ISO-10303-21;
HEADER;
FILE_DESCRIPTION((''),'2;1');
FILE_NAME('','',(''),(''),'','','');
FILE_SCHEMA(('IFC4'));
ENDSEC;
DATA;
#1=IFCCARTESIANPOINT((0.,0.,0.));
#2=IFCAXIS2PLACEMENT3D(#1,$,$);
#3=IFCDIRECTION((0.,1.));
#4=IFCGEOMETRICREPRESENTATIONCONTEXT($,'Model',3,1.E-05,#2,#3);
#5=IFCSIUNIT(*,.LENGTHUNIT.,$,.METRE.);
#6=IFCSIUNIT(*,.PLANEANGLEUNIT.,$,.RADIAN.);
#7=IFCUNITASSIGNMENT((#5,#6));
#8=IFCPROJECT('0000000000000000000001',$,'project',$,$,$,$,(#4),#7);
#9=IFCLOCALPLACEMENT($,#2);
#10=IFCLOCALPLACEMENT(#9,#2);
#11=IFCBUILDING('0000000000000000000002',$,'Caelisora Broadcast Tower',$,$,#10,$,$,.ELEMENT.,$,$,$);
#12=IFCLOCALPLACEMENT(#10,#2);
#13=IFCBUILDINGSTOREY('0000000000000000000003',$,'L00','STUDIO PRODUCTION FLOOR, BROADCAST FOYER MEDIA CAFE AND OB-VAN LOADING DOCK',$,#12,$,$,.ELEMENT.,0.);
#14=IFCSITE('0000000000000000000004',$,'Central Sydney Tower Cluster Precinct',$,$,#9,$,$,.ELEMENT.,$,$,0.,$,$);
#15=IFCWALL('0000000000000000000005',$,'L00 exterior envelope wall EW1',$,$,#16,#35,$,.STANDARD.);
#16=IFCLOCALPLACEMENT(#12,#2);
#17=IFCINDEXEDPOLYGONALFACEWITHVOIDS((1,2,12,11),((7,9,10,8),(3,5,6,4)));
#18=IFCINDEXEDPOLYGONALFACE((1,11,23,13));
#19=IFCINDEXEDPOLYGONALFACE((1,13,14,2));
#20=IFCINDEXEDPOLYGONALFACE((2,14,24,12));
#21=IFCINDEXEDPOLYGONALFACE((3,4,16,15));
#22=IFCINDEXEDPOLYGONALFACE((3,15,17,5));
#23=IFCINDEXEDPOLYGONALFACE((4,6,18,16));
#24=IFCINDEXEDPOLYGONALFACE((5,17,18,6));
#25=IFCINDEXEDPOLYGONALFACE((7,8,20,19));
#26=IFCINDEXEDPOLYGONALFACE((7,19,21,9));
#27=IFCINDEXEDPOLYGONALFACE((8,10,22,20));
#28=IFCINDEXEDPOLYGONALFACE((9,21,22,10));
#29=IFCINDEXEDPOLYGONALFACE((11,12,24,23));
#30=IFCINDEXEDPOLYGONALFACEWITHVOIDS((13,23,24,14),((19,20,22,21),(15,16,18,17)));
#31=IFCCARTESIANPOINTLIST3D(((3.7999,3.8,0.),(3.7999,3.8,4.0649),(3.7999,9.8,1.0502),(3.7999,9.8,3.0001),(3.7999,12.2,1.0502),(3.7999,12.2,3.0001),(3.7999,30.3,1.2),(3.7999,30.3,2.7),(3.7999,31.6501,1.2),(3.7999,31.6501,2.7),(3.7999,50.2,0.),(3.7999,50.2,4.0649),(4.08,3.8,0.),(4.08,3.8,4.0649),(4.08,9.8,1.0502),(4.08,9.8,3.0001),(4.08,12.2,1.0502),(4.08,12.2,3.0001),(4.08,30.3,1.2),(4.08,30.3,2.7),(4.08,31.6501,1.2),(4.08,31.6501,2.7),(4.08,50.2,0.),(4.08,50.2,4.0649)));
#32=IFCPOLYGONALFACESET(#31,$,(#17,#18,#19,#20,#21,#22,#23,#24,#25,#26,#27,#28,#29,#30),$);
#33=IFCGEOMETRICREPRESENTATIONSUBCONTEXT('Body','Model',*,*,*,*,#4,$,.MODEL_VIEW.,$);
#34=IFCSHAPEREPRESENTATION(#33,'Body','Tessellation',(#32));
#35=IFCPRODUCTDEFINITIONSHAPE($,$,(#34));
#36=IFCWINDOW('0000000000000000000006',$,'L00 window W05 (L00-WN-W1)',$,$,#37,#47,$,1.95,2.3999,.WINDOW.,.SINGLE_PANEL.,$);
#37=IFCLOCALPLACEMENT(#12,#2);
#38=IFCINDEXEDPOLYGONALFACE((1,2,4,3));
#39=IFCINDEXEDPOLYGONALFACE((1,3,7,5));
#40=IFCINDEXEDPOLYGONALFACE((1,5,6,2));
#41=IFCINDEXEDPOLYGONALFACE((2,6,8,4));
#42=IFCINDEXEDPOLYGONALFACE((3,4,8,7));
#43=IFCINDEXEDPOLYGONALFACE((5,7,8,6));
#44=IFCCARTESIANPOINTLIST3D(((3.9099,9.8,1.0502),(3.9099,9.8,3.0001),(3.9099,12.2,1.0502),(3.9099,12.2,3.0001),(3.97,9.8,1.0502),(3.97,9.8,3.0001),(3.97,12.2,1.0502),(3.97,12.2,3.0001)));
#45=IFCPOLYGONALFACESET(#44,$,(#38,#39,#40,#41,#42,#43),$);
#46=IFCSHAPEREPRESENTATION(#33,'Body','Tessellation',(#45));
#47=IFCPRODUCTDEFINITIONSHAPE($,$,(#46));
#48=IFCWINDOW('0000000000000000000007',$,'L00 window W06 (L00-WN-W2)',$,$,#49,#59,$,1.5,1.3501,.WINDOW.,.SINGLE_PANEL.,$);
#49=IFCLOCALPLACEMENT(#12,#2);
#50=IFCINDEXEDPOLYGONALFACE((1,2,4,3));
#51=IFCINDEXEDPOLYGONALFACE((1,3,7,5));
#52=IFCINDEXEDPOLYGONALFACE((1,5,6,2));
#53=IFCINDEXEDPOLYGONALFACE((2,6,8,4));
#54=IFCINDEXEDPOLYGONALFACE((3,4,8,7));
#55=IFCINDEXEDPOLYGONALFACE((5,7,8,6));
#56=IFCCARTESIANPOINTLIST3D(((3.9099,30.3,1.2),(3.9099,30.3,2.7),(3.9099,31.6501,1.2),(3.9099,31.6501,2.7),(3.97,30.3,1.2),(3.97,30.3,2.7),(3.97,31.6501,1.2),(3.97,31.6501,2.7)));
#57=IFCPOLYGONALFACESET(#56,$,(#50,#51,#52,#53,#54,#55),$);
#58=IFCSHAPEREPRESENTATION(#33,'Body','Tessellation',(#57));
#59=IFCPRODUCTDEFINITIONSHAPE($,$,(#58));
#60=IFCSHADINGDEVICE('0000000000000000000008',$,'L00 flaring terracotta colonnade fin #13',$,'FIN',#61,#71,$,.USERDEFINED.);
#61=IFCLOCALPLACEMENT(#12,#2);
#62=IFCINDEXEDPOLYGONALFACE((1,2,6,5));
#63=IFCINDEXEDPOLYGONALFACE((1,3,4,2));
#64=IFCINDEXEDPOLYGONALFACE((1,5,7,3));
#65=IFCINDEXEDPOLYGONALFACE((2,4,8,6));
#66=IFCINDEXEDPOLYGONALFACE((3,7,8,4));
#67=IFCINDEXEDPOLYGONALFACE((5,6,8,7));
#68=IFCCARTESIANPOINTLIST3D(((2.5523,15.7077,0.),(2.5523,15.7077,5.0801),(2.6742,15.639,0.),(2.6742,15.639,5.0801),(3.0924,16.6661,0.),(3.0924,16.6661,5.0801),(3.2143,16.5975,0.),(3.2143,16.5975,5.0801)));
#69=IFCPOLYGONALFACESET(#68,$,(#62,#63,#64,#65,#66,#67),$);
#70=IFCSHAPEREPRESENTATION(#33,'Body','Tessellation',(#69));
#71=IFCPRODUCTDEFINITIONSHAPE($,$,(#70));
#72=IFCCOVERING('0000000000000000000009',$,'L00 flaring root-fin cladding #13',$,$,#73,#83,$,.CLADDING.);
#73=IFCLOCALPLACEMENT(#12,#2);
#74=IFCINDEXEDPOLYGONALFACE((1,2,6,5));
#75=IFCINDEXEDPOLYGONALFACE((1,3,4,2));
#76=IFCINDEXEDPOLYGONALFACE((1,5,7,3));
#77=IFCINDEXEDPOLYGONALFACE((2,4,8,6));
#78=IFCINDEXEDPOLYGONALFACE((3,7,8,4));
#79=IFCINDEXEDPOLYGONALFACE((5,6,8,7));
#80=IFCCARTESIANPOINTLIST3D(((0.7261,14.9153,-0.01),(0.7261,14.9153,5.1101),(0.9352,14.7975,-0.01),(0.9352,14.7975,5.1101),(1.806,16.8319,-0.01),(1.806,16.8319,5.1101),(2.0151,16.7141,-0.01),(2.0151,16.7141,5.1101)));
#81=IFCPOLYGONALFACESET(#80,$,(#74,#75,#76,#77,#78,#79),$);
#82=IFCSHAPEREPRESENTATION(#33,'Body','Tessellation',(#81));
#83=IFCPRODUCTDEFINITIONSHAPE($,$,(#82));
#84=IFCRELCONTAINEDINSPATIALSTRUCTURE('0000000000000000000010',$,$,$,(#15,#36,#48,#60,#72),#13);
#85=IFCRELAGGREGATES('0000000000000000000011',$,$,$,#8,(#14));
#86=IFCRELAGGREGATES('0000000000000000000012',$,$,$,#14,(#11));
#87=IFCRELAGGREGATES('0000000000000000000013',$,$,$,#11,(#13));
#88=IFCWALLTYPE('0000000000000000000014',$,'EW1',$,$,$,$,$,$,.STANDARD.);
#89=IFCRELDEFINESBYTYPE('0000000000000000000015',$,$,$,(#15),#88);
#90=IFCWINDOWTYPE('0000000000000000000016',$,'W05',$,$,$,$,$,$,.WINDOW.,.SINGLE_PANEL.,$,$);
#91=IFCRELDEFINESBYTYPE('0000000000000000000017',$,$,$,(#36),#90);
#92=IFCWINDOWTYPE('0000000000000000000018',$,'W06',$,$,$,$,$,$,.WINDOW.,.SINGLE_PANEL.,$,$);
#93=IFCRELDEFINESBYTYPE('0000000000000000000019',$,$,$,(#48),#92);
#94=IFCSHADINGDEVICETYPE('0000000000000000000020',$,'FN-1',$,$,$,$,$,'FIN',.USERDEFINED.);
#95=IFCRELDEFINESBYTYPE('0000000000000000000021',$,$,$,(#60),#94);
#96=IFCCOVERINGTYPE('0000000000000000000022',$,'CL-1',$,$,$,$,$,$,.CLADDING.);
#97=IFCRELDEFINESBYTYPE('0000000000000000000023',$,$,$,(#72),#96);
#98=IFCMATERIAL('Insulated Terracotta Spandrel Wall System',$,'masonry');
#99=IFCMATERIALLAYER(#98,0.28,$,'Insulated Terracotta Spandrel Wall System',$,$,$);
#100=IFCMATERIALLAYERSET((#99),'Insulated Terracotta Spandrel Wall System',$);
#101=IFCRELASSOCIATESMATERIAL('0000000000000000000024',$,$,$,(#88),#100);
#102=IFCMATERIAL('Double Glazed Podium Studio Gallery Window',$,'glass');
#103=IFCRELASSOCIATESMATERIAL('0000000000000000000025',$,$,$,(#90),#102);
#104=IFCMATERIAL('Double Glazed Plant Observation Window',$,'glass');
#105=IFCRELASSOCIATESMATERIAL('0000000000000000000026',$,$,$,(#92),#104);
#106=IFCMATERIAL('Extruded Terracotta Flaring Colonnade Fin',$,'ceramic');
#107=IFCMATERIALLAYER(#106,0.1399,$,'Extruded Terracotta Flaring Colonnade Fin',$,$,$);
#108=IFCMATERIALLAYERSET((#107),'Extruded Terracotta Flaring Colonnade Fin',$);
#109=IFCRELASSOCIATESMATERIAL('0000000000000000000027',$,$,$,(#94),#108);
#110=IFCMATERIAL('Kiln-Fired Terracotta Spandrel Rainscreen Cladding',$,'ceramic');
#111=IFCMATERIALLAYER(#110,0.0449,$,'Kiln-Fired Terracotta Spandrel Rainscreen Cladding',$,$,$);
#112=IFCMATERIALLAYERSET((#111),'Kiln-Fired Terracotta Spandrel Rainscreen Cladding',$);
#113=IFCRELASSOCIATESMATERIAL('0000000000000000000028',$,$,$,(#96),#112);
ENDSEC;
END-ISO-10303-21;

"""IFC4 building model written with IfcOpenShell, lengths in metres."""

from ifc_helpers import new_model, si_unit, direction, frame, frame_2d, origin, origin_2d, place, context, subcontext, project, spatial, rectangle, extrude, source, transform, mapped, material, layer, layer_set, type_object, type_shapes, element, fill, save


model = new_model("IFC4")

# Units and contexts
model_context = context("Model", 3, precision=1e-05, world=origin(), true_north=direction((0.0, 1.0)))
body_context = subcontext(model_context, "Body", "Model", "MODEL_VIEW")
ifc_project = project(units=[si_unit("LENGTHUNIT", "METRE"), si_unit("PLANEANGLEUNIT", "RADIAN")], contexts=[model_context])

# Site, building, storey
site_placement = place(None, origin())
site = spatial("IfcSite", under=ifc_project, at=site_placement, Name="Central Sydney Tower Cluster Precinct", CompositionType="ELEMENT", RefElevation=0.0)
building_placement = place(site_placement, origin())
building = spatial("IfcBuilding", under=site, at=building_placement, Name="Caelisora Broadcast Tower", CompositionType="ELEMENT")
storey_placement = place(building_placement, origin())
storey = spatial("IfcBuildingStorey", under=building, at=storey_placement, Name="L00", Description="STUDIO PRODUCTION FLOOR, BROADCAST FOYER MEDIA CAFE AND OB-VAN LOADING DOCK", CompositionType="ELEMENT", Elevation=0.0)

# Wall, openings, windows
ifc_material_1 = material(Name="Insulated Terracotta Spandrel Wall System", Category="masonry")
ifc_layer_1 = layer(ifc_material_1, 0.28, Name="Insulated Terracotta Spandrel Wall System")
ifc_layer_set_1 = layer_set([ifc_layer_1], Name="Insulated Terracotta Spandrel Wall System")
wall_type = type_object("IfcWallType", Name="EW1", PredefinedType="STANDARD", material=ifc_layer_set_1)
wall_placement = place(storey_placement, frame((3.9399, 3.8, 0.0), z_axis=(0.0, 0.0, 1.0), x_axis=(0.0, 1.0, 0.0)))
wall = element("IfcWall", 1, at=wall_placement, inside=storey, type_object=wall_type, Name="L00 exterior envelope wall EW1", PredefinedType="STANDARD", context=body_context, shape_type="SweptSolid", body=[
    extrude(rectangle(XDim=46.3999, YDim=0.28, at=frame_2d((23.2, 0.0))), origin(), (0.0, 0.0, 1.0), 4.0649),
])
opening_1_placement = place(wall_placement, frame((6.0, 0.0, 1.05)))
opening_1 = element("IfcOpeningElement", 2, at=opening_1_placement, cuts=wall, PredefinedType="OPENING", context=body_context, shape_type="SweptSolid", body=[
    extrude(rectangle(XDim=2.3999, YDim=1.95, at=frame_2d((1.2, 0.9751))), frame((0.0, 0.1521, 0.0), z_axis=(0.0, -1.0, 0.0), x_axis=(1.0, 0.0, 0.0)), (0.0, 0.0, 1.0), 0.304),
])
opening_2_placement = place(wall_placement, frame((26.5, 0.0, 1.2)))
opening_2 = element("IfcOpeningElement", 3, at=opening_2_placement, cuts=wall, PredefinedType="OPENING", context=body_context, shape_type="SweptSolid", body=[
    extrude(rectangle(XDim=1.3501, YDim=1.5, at=frame_2d((0.675, 0.75))), frame((0.0, 0.1521, 0.0), z_axis=(0.0, -1.0, 0.0), x_axis=(1.0, 0.0, 0.0)), (0.0, 0.0, 1.0), 0.304),
])
ifc_material_2 = material(Name="Double Glazed Podium Studio Gallery Window", Category="glass")
window_type_1 = type_object("IfcWindowType", Name="W05", PartitioningType="SINGLE_PANEL", PredefinedType="WINDOW", material=ifc_material_2)
window_1_placement = place(opening_1_placement, origin())
window_1 = element("IfcWindow", 4, at=window_1_placement, inside=storey, type_object=window_type_1, Name="L00 window W05 (L00-WN-W1)", OverallHeight=1.95, OverallWidth=2.3999, PartitioningType="SINGLE_PANEL", PredefinedType="WINDOW", context=body_context, shape_type="SweptSolid", body=[
    extrude(rectangle(XDim=2.3999, YDim=1.95, at=frame_2d((1.2, 0.9751))), frame((0.0, 0.03, 0.0), z_axis=(0.0, -1.0, 0.0), x_axis=(1.0, 0.0, 0.0)), (0.0, 0.0, 1.0), 0.0601),
])
fill(opening_1, window_1)
ifc_material_3 = material(Name="Double Glazed Plant Observation Window", Category="glass")
window_type_2 = type_object("IfcWindowType", Name="W06", PartitioningType="SINGLE_PANEL", PredefinedType="WINDOW", material=ifc_material_3)
window_2_placement = place(opening_2_placement, origin())
window_2 = element("IfcWindow", 5, at=window_2_placement, inside=storey, type_object=window_type_2, Name="L00 window W06 (L00-WN-W2)", OverallHeight=1.5, OverallWidth=1.3501, PartitioningType="SINGLE_PANEL", PredefinedType="WINDOW", context=body_context, shape_type="SweptSolid", body=[
    extrude(rectangle(XDim=1.3501, YDim=1.5, at=frame_2d((0.675, 0.75))), frame((0.0, 0.03, 0.0), z_axis=(0.0, -1.0, 0.0), x_axis=(1.0, 0.0, 0.0)), (0.0, 0.0, 1.0), 0.0601),
])
fill(opening_2, window_2)

# Shading device
ifc_material_4 = material(Name="Extruded Terracotta Flaring Colonnade Fin", Category="ceramic")
ifc_layer_2 = layer(ifc_material_4, 0.1399, Name="Extruded Terracotta Flaring Colonnade Fin")
ifc_layer_set_2 = layer_set([ifc_layer_2], Name="Extruded Terracotta Flaring Colonnade Fin")
shading_device_type = type_object("IfcShadingDeviceType", Name="FN-1", ElementType="FIN", PredefinedType="USERDEFINED", material=ifc_layer_set_2)
shared_shape_1 = source(origin(), body_context, "Body", "SweptSolid", [
    extrude(rectangle(XDim=1.1001, YDim=0.1399, at=origin_2d()), origin(), (0.0, 0.0, 1.0), 5.0801),
])
type_shapes(shading_device_type, [shared_shape_1])
shading_device_placement = place(storey_placement, frame((2.8833, 16.1526, 0.0), z_axis=(0.0, 0.0, 1.0), x_axis=(-0.490904, -0.871214, 0.0)))
element("IfcShadingDevice", 6, at=shading_device_placement, inside=storey, type_object=shading_device_type, Name="L00 flaring terracotta colonnade fin #13", ObjectType="FIN", PredefinedType="USERDEFINED", context=body_context, shape_type="MappedRepresentation", body=[
    mapped(shared_shape_1, transform((0.0, 0.0, 0.0), scale=1.0)),
])

# Covering
ifc_material_5 = material(Name="Kiln-Fired Terracotta Spandrel Rainscreen Cladding", Category="ceramic")
ifc_layer_3 = layer(ifc_material_5, 0.0449, Name="Kiln-Fired Terracotta Spandrel Rainscreen Cladding")
ifc_layer_set_3 = layer_set([ifc_layer_3], Name="Kiln-Fired Terracotta Spandrel Rainscreen Cladding")
covering_type = type_object("IfcCoveringType", Name="CL-1", PredefinedType="CLADDING", material=ifc_layer_set_3)
shared_shape_2 = source(origin(), body_context, "Body", "SweptSolid", [
    extrude(rectangle(XDim=2.2, YDim=0.24, at=origin_2d()), origin(), (0.0, 0.0, 1.0), 5.1201),
])
type_shapes(covering_type, [shared_shape_2])
covering_placement = place(storey_placement, frame((1.3706, 15.8147, -0.01), z_axis=(0.0, 0.0, 1.0), x_axis=(-0.490904, -0.871214, 0.0)))
element("IfcCovering", 7, at=covering_placement, inside=storey, type_object=covering_type, Name="L00 flaring root-fin cladding #13", PredefinedType="CLADDING", context=body_context, shape_type="MappedRepresentation", body=[
    mapped(shared_shape_2, transform((0.0, 0.0, 0.0), scale=1.0)),
])

save(model, "model.ifc")
